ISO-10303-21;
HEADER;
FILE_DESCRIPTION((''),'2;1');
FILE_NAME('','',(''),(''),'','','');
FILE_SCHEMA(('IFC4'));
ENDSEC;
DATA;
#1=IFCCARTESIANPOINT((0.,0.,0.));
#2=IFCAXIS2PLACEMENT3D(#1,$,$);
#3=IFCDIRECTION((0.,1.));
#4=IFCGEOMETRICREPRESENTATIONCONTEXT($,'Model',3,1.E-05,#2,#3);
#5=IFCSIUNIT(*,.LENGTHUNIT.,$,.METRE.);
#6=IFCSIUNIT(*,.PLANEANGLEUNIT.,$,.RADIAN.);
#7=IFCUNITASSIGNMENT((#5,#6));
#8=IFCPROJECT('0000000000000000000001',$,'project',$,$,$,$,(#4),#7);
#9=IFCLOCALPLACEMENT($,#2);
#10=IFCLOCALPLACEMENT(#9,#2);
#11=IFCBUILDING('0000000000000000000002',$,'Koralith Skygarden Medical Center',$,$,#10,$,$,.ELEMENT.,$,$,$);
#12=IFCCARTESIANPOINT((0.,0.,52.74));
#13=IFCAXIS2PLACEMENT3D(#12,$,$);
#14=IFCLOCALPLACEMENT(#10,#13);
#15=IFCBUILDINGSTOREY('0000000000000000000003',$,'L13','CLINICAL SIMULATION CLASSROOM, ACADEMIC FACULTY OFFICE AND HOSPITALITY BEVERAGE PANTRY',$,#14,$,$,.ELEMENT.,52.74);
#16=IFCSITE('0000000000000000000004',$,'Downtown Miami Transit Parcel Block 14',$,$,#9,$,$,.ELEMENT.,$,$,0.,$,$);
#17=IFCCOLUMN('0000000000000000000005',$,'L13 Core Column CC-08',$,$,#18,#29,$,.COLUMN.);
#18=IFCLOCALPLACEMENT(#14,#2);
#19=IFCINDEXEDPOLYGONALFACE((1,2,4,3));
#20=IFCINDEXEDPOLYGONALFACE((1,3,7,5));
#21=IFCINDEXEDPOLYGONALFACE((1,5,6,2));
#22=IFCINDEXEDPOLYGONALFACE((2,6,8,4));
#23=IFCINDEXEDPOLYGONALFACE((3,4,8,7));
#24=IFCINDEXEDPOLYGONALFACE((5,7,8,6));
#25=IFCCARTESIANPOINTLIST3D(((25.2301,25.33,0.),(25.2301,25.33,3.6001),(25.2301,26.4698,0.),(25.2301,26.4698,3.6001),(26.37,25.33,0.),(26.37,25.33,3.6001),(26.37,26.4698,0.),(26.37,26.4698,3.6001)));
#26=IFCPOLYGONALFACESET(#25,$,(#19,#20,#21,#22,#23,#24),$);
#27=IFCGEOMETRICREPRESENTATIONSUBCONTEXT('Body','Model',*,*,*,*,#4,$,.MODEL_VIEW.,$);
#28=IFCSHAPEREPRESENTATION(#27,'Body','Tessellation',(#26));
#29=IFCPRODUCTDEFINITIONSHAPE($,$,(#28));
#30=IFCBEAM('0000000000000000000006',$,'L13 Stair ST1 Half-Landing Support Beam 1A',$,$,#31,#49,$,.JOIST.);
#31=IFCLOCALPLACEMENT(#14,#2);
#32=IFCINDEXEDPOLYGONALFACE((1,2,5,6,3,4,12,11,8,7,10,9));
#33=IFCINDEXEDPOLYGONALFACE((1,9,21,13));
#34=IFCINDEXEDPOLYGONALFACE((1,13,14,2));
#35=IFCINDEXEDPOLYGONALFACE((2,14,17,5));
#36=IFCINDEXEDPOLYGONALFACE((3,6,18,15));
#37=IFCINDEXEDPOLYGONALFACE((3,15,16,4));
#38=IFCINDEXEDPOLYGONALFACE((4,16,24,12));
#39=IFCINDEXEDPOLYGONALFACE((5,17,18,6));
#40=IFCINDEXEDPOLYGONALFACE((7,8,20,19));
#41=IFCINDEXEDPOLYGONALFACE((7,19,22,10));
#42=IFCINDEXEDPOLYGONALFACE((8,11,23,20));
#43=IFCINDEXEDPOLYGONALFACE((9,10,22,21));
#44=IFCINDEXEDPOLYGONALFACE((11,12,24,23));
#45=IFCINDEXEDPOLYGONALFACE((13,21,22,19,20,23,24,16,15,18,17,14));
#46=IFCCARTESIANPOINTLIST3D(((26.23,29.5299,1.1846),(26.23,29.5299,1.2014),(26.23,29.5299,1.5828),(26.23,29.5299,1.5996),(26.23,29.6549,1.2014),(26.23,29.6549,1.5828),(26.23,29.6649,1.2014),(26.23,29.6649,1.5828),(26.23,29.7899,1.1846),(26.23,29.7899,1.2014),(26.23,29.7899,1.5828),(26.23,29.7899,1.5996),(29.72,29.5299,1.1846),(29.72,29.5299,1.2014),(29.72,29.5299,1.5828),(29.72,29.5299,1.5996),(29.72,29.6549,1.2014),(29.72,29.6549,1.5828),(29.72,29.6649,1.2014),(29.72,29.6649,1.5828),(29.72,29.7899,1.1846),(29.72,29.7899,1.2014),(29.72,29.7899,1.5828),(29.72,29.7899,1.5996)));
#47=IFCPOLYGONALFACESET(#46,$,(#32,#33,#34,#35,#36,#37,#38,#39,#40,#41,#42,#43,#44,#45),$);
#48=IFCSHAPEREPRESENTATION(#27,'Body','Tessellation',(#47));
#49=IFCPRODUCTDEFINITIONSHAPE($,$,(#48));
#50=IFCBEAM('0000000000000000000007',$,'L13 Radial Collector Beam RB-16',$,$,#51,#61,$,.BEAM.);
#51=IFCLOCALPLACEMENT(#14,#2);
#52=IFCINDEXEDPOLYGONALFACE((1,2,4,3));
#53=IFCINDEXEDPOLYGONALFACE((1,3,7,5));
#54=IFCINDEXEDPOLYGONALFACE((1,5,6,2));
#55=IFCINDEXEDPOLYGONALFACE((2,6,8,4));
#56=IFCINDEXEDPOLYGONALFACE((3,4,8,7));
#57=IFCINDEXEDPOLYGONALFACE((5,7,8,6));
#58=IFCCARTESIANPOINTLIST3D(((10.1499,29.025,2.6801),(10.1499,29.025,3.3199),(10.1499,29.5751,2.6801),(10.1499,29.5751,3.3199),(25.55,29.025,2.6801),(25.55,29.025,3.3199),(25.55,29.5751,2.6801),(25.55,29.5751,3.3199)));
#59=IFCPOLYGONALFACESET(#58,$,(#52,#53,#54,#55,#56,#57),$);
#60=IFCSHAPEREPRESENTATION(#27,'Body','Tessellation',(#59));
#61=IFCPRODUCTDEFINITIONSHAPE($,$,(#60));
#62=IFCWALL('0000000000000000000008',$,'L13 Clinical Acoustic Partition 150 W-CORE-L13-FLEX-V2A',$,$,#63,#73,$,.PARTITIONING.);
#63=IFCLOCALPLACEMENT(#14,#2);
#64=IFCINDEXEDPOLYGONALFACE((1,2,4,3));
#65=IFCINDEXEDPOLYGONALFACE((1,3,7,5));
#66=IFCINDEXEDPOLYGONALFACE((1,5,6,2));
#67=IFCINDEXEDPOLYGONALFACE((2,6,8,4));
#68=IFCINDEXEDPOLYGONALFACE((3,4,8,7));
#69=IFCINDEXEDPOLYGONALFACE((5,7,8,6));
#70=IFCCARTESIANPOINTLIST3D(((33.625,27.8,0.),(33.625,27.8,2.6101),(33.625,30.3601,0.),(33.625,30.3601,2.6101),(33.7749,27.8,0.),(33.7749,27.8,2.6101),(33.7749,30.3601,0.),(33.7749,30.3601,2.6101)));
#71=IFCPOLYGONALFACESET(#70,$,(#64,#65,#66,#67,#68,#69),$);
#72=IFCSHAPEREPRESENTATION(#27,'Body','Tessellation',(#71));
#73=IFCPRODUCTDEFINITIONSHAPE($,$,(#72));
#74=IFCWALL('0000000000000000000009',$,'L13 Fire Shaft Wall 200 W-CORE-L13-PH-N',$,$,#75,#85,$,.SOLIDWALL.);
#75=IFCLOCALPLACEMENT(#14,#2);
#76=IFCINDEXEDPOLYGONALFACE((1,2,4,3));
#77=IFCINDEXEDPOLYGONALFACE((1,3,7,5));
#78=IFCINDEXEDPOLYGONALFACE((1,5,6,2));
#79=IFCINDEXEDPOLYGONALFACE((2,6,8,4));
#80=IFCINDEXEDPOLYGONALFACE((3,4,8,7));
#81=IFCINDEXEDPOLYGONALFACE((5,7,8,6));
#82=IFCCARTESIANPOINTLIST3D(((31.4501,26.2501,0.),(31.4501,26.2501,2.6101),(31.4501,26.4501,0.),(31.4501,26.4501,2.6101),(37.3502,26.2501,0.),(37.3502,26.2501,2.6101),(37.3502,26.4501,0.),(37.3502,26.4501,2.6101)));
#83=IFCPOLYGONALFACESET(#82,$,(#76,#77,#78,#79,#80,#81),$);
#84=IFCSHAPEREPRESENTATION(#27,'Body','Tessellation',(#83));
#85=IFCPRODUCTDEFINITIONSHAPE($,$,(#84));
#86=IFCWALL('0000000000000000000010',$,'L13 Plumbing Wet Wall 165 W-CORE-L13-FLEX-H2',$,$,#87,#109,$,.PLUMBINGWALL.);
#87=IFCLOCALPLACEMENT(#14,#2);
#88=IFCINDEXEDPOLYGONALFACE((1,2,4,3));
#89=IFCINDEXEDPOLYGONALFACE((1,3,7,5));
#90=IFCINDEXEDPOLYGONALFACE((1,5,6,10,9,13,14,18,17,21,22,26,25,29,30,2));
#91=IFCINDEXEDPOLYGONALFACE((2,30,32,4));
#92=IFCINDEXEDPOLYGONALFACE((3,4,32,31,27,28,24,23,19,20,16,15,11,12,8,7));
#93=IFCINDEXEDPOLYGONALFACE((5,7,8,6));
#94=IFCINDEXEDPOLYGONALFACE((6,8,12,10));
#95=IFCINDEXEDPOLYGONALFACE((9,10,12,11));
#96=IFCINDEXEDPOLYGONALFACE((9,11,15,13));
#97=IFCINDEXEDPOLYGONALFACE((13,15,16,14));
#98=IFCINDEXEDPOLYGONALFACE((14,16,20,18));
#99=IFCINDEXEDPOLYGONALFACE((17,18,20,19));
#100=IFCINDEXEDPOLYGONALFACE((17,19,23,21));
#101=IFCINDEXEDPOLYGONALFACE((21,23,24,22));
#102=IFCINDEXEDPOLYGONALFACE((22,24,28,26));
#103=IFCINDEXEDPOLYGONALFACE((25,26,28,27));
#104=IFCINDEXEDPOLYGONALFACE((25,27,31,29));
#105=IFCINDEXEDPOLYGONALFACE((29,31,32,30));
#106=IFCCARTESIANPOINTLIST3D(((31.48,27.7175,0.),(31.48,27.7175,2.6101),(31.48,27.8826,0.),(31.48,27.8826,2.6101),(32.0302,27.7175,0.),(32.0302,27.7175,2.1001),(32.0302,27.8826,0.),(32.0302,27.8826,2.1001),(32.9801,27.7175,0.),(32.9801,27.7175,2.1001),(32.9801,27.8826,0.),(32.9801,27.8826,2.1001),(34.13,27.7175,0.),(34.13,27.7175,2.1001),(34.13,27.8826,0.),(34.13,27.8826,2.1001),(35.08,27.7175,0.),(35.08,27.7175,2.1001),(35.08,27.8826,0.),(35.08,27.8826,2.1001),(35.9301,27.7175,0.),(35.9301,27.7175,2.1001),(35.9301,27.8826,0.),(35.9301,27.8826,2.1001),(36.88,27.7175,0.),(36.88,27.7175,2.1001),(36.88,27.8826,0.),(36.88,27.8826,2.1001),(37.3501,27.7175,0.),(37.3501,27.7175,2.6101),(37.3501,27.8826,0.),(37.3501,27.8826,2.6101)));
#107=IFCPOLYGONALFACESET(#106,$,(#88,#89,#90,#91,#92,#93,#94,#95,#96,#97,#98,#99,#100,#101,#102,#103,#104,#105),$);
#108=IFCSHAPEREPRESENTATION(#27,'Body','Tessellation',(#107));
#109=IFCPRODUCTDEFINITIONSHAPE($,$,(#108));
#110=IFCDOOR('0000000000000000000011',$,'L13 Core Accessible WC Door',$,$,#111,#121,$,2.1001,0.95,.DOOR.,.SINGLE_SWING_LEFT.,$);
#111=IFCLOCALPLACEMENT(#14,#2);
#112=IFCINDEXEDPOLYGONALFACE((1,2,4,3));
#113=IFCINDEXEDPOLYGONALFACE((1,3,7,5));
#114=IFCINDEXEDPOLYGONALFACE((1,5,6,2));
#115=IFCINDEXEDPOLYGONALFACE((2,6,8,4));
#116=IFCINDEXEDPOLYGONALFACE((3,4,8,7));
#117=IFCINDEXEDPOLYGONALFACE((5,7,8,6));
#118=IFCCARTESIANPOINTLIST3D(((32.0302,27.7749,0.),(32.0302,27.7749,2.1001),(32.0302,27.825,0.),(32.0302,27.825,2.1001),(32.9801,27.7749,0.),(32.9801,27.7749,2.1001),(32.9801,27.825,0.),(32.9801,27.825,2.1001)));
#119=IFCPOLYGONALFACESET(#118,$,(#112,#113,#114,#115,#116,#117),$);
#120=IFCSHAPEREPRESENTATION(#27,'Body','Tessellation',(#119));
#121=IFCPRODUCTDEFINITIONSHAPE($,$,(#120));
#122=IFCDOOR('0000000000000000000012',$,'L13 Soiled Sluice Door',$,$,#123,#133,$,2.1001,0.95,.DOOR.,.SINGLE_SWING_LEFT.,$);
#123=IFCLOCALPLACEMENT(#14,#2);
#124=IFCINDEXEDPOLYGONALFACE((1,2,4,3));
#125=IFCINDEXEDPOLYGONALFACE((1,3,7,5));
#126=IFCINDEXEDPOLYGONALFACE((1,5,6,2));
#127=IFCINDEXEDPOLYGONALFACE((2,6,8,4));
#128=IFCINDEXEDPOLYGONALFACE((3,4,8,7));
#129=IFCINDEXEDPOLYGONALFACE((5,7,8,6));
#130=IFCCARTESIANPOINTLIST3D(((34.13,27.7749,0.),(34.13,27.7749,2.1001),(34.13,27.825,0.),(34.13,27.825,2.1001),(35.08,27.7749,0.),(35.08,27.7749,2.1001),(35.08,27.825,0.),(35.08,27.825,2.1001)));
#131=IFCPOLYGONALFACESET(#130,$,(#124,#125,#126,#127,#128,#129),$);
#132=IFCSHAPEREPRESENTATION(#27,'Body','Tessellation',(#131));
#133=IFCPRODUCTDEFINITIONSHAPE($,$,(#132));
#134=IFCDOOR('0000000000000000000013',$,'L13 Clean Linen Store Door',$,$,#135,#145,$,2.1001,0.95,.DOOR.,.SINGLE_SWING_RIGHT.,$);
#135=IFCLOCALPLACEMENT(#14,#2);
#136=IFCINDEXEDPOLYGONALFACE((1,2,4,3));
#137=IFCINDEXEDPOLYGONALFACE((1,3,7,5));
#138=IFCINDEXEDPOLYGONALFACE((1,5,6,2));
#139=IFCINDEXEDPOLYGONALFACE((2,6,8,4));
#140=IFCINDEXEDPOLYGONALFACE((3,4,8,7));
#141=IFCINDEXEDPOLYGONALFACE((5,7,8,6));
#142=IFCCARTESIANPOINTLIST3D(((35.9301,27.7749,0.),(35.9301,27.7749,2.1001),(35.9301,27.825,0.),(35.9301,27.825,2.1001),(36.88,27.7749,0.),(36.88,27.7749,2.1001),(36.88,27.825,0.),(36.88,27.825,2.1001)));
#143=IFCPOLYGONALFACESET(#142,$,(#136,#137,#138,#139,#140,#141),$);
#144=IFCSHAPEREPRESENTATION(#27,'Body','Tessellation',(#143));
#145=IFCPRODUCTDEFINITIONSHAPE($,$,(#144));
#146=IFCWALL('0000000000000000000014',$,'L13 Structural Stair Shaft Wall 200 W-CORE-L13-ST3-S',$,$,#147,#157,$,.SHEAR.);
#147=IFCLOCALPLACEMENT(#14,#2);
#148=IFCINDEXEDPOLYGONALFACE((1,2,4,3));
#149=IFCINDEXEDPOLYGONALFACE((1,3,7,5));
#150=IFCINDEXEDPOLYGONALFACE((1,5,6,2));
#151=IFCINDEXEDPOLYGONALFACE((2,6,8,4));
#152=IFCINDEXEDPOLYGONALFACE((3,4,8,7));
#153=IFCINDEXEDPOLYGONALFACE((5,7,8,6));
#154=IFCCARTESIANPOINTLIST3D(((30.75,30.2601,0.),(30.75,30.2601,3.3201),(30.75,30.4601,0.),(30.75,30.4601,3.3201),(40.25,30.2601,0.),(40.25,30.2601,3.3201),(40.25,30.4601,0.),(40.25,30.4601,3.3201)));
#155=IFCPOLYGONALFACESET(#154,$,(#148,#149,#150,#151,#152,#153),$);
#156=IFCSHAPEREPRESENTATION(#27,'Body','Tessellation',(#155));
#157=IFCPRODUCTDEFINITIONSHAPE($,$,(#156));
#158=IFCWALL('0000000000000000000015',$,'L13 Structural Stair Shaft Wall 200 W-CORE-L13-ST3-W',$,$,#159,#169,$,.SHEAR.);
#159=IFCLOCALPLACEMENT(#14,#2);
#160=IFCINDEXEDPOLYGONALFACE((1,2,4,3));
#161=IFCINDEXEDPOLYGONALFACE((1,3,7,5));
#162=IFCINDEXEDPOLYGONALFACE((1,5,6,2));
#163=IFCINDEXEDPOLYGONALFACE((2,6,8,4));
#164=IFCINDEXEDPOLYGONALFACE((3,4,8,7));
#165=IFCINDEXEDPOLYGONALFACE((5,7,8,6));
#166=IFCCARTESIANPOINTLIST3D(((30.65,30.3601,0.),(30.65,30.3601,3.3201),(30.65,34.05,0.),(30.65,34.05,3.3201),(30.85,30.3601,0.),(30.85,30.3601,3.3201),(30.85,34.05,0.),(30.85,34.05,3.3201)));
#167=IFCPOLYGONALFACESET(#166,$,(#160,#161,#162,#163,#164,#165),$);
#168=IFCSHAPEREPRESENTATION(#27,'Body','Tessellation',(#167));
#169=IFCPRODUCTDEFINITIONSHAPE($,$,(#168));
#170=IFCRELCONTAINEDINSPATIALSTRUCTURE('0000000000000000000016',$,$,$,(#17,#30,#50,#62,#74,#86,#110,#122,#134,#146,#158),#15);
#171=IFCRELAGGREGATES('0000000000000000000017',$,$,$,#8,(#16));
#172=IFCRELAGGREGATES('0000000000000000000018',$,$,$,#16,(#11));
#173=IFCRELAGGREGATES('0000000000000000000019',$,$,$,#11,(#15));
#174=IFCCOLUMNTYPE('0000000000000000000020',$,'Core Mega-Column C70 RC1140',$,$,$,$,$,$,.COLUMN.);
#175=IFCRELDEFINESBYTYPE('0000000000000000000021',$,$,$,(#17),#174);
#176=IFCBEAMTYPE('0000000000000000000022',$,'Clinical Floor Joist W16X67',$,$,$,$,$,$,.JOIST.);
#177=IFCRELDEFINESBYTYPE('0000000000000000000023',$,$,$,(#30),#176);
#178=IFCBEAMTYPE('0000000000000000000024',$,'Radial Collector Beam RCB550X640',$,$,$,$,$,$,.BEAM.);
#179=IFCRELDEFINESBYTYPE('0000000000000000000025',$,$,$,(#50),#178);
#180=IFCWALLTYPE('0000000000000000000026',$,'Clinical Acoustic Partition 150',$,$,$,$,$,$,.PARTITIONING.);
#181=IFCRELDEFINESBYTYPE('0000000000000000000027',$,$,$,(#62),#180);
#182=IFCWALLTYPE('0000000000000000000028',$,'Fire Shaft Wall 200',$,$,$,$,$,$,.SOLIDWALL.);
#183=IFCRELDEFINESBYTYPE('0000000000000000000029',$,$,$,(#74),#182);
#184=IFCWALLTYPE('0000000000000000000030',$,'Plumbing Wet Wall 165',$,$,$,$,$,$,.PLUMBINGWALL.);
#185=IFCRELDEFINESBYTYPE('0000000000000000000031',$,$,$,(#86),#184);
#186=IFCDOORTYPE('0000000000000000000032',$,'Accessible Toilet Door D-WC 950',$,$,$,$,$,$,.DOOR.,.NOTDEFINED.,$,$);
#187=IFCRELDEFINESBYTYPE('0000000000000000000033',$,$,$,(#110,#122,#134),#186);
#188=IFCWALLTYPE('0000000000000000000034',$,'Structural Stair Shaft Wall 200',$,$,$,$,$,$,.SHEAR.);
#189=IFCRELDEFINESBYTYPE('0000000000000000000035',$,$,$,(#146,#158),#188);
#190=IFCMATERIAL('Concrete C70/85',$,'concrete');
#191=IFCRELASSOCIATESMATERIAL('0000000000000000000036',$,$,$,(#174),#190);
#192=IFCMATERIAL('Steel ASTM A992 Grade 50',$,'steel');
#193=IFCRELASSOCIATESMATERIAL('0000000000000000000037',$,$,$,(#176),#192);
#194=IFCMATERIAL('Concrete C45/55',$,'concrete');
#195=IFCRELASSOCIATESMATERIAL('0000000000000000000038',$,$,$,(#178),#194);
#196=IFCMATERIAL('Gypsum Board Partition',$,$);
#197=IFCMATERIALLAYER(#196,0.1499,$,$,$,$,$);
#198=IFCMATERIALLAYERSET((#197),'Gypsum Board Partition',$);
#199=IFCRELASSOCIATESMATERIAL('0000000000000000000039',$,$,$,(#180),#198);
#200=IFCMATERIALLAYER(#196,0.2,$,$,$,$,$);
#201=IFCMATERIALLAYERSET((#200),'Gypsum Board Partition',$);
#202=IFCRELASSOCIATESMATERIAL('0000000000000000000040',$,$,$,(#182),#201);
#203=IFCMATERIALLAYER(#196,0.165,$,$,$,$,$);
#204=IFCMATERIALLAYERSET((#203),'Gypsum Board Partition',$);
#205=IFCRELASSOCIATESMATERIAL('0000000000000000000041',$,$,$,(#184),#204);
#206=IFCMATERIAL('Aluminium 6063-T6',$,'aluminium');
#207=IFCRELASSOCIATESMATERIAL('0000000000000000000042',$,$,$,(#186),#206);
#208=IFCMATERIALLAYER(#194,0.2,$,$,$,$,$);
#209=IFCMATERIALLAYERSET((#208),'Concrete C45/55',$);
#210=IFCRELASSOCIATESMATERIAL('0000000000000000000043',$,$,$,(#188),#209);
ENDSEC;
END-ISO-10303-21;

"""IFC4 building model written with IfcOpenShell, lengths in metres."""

from ifc_helpers import new_model, si_unit, direction, frame, frame_2d, origin, origin_2d, place, context, subcontext, project, spatial, rectangle, i_section, extrude, material, layer, layer_set, material_profile, profile_set, type_object, element, fill, save


model = new_model("IFC4")

# Units and contexts
model_context = context("Model", 3, precision=1e-05, world=origin(), true_north=direction((0.0, 1.0)))
body_context = subcontext(model_context, "Body", "Model", "MODEL_VIEW")
ifc_project = project(units=[si_unit("LENGTHUNIT", "METRE"), si_unit("PLANEANGLEUNIT", "RADIAN")], contexts=[model_context])

# Site, building, storey
site_placement = place(None, origin())
site = spatial("IfcSite", under=ifc_project, at=site_placement, Name="Downtown Miami Transit Parcel Block 14", CompositionType="ELEMENT", RefElevation=0.0)
building_placement = place(site_placement, origin())
building = spatial("IfcBuilding", under=site, at=building_placement, Name="Koralith Skygarden Medical Center", CompositionType="ELEMENT")
storey_placement = place(building_placement, frame((0.0, 0.0, 52.74)))
storey = spatial("IfcBuildingStorey", under=building, at=storey_placement, Name="L13", Description="CLINICAL SIMULATION CLASSROOM, ACADEMIC FACULTY OFFICE AND HOSPITALITY BEVERAGE PANTRY", CompositionType="ELEMENT", Elevation=52.74)

# Column
ifc_material_1 = material(Name="Concrete C70/85", Category="concrete")
ifc_material_profile_1 = material_profile(ifc_material_1, rectangle(XDim=1.1399, YDim=1.1399, at=origin_2d()), Name="RC1140X1140")
ifc_profile_set_1 = profile_set([ifc_material_profile_1], Name="Concrete C70/85")
column_type = type_object("IfcColumnType", Name="Core Mega-Column C70 RC1140", PredefinedType="COLUMN", material=ifc_profile_set_1)
column_placement = place(storey_placement, frame((25.8, 25.8999, 0.0), z_axis=(0.0, 0.0, 1.0), x_axis=(1.0, 0.0, 0.0)))
element("IfcColumn", 1, at=column_placement, inside=storey, type_object=column_type, Name="L13 Core Column CC-08", PredefinedType="COLUMN", context=body_context, shape_type="SweptSolid", body=[
    extrude(rectangle(XDim=1.1399, YDim=1.1399, at=origin_2d()), origin(), (0.0, 0.0, 1.0), 3.6001),
])

# Beams
ifc_material_2 = material(Name="Steel ASTM A992 Grade 50", Category="steel")
ifc_material_profile_2 = material_profile(ifc_material_2, i_section(OverallWidth=0.26, OverallDepth=0.415, WebThickness=0.01, FlangeThickness=0.0168, at=origin_2d()), Name="W16X67")
ifc_profile_set_2 = profile_set([ifc_material_profile_2], Name="Steel ASTM A992 Grade 50")
beam_type_1 = type_object("IfcBeamType", Name="Clinical Floor Joist W16X67", PredefinedType="JOIST", material=ifc_profile_set_2)
beam_1_placement = place(storey_placement, frame((26.23, 29.6599, 1.3921), z_axis=(1.0, 0.0, 0.0), x_axis=(0.0, 1.0, 0.0)))
element("IfcBeam", 2, at=beam_1_placement, inside=storey, type_object=beam_type_1, Name="L13 Stair ST1 Half-Landing Support Beam 1A", PredefinedType="JOIST", context=body_context, shape_type="SweptSolid", body=[
    extrude(i_section(OverallWidth=0.26, OverallDepth=0.415, WebThickness=0.01, FlangeThickness=0.0168, at=origin_2d()), origin(), (0.0, 0.0, 1.0), 3.49),
])
ifc_material_3 = material(Name="Concrete C45/55", Category="concrete")
ifc_material_profile_3 = material_profile(ifc_material_3, rectangle(XDim=0.55, YDim=0.6399, at=origin_2d()), Name="RCB550X640")
ifc_profile_set_3 = profile_set([ifc_material_profile_3], Name="Concrete C45/55")
beam_type_2 = type_object("IfcBeamType", Name="Radial Collector Beam RCB550X640", PredefinedType="BEAM", material=ifc_profile_set_3)
beam_2_placement = place(storey_placement, frame((25.55, 29.3, 3.0), z_axis=(-1.0, 0.0, 0.0), x_axis=(0.0, -1.0, 0.0)))
element("IfcBeam", 3, at=beam_2_placement, inside=storey, type_object=beam_type_2, Name="L13 Radial Collector Beam RB-16", PredefinedType="BEAM", context=body_context, shape_type="SweptSolid", body=[
    extrude(rectangle(XDim=0.55, YDim=0.6399, at=origin_2d()), origin(), (0.0, 0.0, 1.0), 15.4001),
])

# Walls
ifc_material_4 = material(Name="Gypsum Board Partition")
ifc_layer_1 = layer(ifc_material_4, 0.1499)
ifc_layer_set_1 = layer_set([ifc_layer_1], Name="Gypsum Board Partition")
wall_type_1 = type_object("IfcWallType", Name="Clinical Acoustic Partition 150", PredefinedType="PARTITIONING", material=ifc_layer_set_1)
wall_1_placement = place(storey_placement, frame((33.7, 27.8, 0.0), z_axis=(0.0, 0.0, 1.0), x_axis=(0.0, 1.0, 0.0)))
element("IfcWall", 4, at=wall_1_placement, inside=storey, type_object=wall_type_1, Name="L13 Clinical Acoustic Partition 150 W-CORE-L13-FLEX-V2A", PredefinedType="PARTITIONING", context=body_context, shape_type="SweptSolid", body=[
    extrude(rectangle(XDim=2.5601, YDim=0.1499, at=frame_2d((1.28, 0.0))), origin(), (0.0, 0.0, 1.0), 2.6101),
])
ifc_layer_2 = layer(ifc_material_4, 0.2)
ifc_layer_set_2 = layer_set([ifc_layer_2], Name="Gypsum Board Partition")
wall_type_2 = type_object("IfcWallType", Name="Fire Shaft Wall 200", PredefinedType="SOLIDWALL", material=ifc_layer_set_2)
wall_2_placement = place(storey_placement, frame((31.45, 26.3501, 0.0), z_axis=(0.0, 0.0, 1.0), x_axis=(1.0, 0.0, 0.0)))
element("IfcWall", 5, at=wall_2_placement, inside=storey, type_object=wall_type_2, Name="L13 Fire Shaft Wall 200 W-CORE-L13-PH-N", PredefinedType="SOLIDWALL", context=body_context, shape_type="SweptSolid", body=[
    extrude(rectangle(XDim=5.9001, YDim=0.2, at=frame_2d((2.9502, 0.0))), origin(), (0.0, 0.0, 1.0), 2.6101),
])

# Shared definitions
ifc_layer_3 = layer(ifc_material_4, 0.165)
ifc_layer_set_3 = layer_set([ifc_layer_3], Name="Gypsum Board Partition")
wall_type_3 = type_object("IfcWallType", Name="Plumbing Wet Wall 165", PredefinedType="PLUMBINGWALL", material=ifc_layer_set_3)
ifc_material_5 = material(Name="Aluminium 6063-T6", Category="aluminium")

# Wall, openings, doors
wall_3_placement = place(storey_placement, frame((31.48, 27.8, 0.0), z_axis=(0.0, 0.0, 1.0), x_axis=(1.0, 0.0, 0.0)))
wall_3 = element("IfcWall", 6, at=wall_3_placement, inside=storey, type_object=wall_type_3, Name="L13 Plumbing Wet Wall 165 W-CORE-L13-FLEX-H2", PredefinedType="PLUMBINGWALL", context=body_context, shape_type="SweptSolid", body=[
    extrude(rectangle(XDim=5.8701, YDim=0.165, at=frame_2d((2.9351, 0.0))), origin(), (0.0, 0.0, 1.0), 2.6101),
])
opening_1_placement = place(wall_3_placement, frame((0.55, 0.0, 0.0)))
opening_1 = element("IfcOpeningElement", 7, at=opening_1_placement, cuts=wall_3, PredefinedType="OPENING", context=body_context, shape_type="SweptSolid", body=[
    extrude(rectangle(XDim=0.95, YDim=2.1001, at=frame_2d((0.4751, 1.05))), frame((0.0, 0.0925, 0.0), z_axis=(0.0, -1.0, 0.0), x_axis=(1.0, 0.0, 0.0)), (0.0, 0.0, 1.0), 0.1851),
])
opening_2_placement = place(wall_3_placement, frame((2.6499, 0.0, 0.0)))
opening_2 = element("IfcOpeningElement", 8, at=opening_2_placement, cuts=wall_3, PredefinedType="OPENING", context=body_context, shape_type="SweptSolid", body=[
    extrude(rectangle(XDim=0.95, YDim=2.1001, at=frame_2d((0.4751, 1.05))), frame((0.0, 0.0925, 0.0), z_axis=(0.0, -1.0, 0.0), x_axis=(1.0, 0.0, 0.0)), (0.0, 0.0, 1.0), 0.1851),
])
opening_3_placement = place(wall_3_placement, frame((4.45, 0.0, 0.0)))
opening_3 = element("IfcOpeningElement", 9, at=opening_3_placement, cuts=wall_3, PredefinedType="OPENING", context=body_context, shape_type="SweptSolid", body=[
    extrude(rectangle(XDim=0.95, YDim=2.1001, at=frame_2d((0.4751, 1.05))), frame((0.0, 0.0925, 0.0), z_axis=(0.0, -1.0, 0.0), x_axis=(1.0, 0.0, 0.0)), (0.0, 0.0, 1.0), 0.1851),
])
door_type_1 = type_object("IfcDoorType", Name="Accessible Toilet Door D-WC 950", OperationType="NOTDEFINED", PredefinedType="DOOR", material=ifc_material_5)
door_1_placement = place(opening_1_placement, origin())
door_1 = element("IfcDoor", 10, at=door_1_placement, inside=storey, type_object=door_type_1, Name="L13 Core Accessible WC Door", OperationType="SINGLE_SWING_LEFT", OverallHeight=2.1001, OverallWidth=0.95, PredefinedType="DOOR", context=body_context, shape_type="SweptSolid", body=[
    extrude(rectangle(XDim=0.95, YDim=2.1001, at=frame_2d((0.4751, 1.05))), frame((0.0, 0.0249, 0.0), z_axis=(0.0, -1.0, 0.0), x_axis=(1.0, 0.0, 0.0)), (0.0, 0.0, 1.0), 0.05),
])
fill(opening_1, door_1)
door_2_placement = place(opening_2_placement, origin())
door_2 = element("IfcDoor", 11, at=door_2_placement, inside=storey, type_object=door_type_1, Name="L13 Soiled Sluice Door", OperationType="SINGLE_SWING_LEFT", OverallHeight=2.1001, OverallWidth=0.95, PredefinedType="DOOR", context=body_context, shape_type="SweptSolid", body=[
    extrude(rectangle(XDim=0.95, YDim=2.1001, at=frame_2d((0.4751, 1.05))), frame((0.0, 0.0249, 0.0), z_axis=(0.0, -1.0, 0.0), x_axis=(1.0, 0.0, 0.0)), (0.0, 0.0, 1.0), 0.05),
])
fill(opening_2, door_2)
door_3_placement = place(opening_3_placement, origin())
door_3 = element("IfcDoor", 12, at=door_3_placement, inside=storey, type_object=door_type_1, Name="L13 Clean Linen Store Door", OperationType="SINGLE_SWING_RIGHT", OverallHeight=2.1001, OverallWidth=0.95, PredefinedType="DOOR", context=body_context, shape_type="SweptSolid", body=[
    extrude(rectangle(XDim=0.95, YDim=2.1001, at=frame_2d((0.4751, 1.05))), frame((0.0, 0.0249, 0.0), z_axis=(0.0, -1.0, 0.0), x_axis=(1.0, 0.0, 0.0)), (0.0, 0.0, 1.0), 0.05),
])
fill(opening_3, door_3)

# Walls
ifc_layer_4 = layer(ifc_material_3, 0.2)
ifc_layer_set_4 = layer_set([ifc_layer_4], Name="Concrete C45/55")
wall_type_4 = type_object("IfcWallType", Name="Structural Stair Shaft Wall 200", PredefinedType="SHEAR", material=ifc_layer_set_4)
wall_4_placement = place(storey_placement, frame((30.75, 30.3601, 0.0), z_axis=(0.0, 0.0, 1.0), x_axis=(1.0, 0.0, 0.0)))
element("IfcWall", 13, at=wall_4_placement, inside=storey, type_object=wall_type_4, Name="L13 Structural Stair Shaft Wall 200 W-CORE-L13-ST3-S", PredefinedType="SHEAR", context=body_context, shape_type="SweptSolid", body=[
    extrude(rectangle(XDim=9.5, YDim=0.2, at=frame_2d((4.75, 0.0))), origin(), (0.0, 0.0, 1.0), 3.3201),
])
wall_5_placement = place(storey_placement, frame((30.75, 30.3601, 0.0), z_axis=(0.0, 0.0, 1.0), x_axis=(0.0, 1.0, 0.0)))
element("IfcWall", 14, at=wall_5_placement, inside=storey, type_object=wall_type_4, Name="L13 Structural Stair Shaft Wall 200 W-CORE-L13-ST3-W", PredefinedType="SHEAR", context=body_context, shape_type="SweptSolid", body=[
    extrude(rectangle(XDim=3.6899, YDim=0.2, at=frame_2d((1.845, 0.0))), origin(), (0.0, 0.0, 1.0), 3.3201),
])

save(model, "model.ifc")
